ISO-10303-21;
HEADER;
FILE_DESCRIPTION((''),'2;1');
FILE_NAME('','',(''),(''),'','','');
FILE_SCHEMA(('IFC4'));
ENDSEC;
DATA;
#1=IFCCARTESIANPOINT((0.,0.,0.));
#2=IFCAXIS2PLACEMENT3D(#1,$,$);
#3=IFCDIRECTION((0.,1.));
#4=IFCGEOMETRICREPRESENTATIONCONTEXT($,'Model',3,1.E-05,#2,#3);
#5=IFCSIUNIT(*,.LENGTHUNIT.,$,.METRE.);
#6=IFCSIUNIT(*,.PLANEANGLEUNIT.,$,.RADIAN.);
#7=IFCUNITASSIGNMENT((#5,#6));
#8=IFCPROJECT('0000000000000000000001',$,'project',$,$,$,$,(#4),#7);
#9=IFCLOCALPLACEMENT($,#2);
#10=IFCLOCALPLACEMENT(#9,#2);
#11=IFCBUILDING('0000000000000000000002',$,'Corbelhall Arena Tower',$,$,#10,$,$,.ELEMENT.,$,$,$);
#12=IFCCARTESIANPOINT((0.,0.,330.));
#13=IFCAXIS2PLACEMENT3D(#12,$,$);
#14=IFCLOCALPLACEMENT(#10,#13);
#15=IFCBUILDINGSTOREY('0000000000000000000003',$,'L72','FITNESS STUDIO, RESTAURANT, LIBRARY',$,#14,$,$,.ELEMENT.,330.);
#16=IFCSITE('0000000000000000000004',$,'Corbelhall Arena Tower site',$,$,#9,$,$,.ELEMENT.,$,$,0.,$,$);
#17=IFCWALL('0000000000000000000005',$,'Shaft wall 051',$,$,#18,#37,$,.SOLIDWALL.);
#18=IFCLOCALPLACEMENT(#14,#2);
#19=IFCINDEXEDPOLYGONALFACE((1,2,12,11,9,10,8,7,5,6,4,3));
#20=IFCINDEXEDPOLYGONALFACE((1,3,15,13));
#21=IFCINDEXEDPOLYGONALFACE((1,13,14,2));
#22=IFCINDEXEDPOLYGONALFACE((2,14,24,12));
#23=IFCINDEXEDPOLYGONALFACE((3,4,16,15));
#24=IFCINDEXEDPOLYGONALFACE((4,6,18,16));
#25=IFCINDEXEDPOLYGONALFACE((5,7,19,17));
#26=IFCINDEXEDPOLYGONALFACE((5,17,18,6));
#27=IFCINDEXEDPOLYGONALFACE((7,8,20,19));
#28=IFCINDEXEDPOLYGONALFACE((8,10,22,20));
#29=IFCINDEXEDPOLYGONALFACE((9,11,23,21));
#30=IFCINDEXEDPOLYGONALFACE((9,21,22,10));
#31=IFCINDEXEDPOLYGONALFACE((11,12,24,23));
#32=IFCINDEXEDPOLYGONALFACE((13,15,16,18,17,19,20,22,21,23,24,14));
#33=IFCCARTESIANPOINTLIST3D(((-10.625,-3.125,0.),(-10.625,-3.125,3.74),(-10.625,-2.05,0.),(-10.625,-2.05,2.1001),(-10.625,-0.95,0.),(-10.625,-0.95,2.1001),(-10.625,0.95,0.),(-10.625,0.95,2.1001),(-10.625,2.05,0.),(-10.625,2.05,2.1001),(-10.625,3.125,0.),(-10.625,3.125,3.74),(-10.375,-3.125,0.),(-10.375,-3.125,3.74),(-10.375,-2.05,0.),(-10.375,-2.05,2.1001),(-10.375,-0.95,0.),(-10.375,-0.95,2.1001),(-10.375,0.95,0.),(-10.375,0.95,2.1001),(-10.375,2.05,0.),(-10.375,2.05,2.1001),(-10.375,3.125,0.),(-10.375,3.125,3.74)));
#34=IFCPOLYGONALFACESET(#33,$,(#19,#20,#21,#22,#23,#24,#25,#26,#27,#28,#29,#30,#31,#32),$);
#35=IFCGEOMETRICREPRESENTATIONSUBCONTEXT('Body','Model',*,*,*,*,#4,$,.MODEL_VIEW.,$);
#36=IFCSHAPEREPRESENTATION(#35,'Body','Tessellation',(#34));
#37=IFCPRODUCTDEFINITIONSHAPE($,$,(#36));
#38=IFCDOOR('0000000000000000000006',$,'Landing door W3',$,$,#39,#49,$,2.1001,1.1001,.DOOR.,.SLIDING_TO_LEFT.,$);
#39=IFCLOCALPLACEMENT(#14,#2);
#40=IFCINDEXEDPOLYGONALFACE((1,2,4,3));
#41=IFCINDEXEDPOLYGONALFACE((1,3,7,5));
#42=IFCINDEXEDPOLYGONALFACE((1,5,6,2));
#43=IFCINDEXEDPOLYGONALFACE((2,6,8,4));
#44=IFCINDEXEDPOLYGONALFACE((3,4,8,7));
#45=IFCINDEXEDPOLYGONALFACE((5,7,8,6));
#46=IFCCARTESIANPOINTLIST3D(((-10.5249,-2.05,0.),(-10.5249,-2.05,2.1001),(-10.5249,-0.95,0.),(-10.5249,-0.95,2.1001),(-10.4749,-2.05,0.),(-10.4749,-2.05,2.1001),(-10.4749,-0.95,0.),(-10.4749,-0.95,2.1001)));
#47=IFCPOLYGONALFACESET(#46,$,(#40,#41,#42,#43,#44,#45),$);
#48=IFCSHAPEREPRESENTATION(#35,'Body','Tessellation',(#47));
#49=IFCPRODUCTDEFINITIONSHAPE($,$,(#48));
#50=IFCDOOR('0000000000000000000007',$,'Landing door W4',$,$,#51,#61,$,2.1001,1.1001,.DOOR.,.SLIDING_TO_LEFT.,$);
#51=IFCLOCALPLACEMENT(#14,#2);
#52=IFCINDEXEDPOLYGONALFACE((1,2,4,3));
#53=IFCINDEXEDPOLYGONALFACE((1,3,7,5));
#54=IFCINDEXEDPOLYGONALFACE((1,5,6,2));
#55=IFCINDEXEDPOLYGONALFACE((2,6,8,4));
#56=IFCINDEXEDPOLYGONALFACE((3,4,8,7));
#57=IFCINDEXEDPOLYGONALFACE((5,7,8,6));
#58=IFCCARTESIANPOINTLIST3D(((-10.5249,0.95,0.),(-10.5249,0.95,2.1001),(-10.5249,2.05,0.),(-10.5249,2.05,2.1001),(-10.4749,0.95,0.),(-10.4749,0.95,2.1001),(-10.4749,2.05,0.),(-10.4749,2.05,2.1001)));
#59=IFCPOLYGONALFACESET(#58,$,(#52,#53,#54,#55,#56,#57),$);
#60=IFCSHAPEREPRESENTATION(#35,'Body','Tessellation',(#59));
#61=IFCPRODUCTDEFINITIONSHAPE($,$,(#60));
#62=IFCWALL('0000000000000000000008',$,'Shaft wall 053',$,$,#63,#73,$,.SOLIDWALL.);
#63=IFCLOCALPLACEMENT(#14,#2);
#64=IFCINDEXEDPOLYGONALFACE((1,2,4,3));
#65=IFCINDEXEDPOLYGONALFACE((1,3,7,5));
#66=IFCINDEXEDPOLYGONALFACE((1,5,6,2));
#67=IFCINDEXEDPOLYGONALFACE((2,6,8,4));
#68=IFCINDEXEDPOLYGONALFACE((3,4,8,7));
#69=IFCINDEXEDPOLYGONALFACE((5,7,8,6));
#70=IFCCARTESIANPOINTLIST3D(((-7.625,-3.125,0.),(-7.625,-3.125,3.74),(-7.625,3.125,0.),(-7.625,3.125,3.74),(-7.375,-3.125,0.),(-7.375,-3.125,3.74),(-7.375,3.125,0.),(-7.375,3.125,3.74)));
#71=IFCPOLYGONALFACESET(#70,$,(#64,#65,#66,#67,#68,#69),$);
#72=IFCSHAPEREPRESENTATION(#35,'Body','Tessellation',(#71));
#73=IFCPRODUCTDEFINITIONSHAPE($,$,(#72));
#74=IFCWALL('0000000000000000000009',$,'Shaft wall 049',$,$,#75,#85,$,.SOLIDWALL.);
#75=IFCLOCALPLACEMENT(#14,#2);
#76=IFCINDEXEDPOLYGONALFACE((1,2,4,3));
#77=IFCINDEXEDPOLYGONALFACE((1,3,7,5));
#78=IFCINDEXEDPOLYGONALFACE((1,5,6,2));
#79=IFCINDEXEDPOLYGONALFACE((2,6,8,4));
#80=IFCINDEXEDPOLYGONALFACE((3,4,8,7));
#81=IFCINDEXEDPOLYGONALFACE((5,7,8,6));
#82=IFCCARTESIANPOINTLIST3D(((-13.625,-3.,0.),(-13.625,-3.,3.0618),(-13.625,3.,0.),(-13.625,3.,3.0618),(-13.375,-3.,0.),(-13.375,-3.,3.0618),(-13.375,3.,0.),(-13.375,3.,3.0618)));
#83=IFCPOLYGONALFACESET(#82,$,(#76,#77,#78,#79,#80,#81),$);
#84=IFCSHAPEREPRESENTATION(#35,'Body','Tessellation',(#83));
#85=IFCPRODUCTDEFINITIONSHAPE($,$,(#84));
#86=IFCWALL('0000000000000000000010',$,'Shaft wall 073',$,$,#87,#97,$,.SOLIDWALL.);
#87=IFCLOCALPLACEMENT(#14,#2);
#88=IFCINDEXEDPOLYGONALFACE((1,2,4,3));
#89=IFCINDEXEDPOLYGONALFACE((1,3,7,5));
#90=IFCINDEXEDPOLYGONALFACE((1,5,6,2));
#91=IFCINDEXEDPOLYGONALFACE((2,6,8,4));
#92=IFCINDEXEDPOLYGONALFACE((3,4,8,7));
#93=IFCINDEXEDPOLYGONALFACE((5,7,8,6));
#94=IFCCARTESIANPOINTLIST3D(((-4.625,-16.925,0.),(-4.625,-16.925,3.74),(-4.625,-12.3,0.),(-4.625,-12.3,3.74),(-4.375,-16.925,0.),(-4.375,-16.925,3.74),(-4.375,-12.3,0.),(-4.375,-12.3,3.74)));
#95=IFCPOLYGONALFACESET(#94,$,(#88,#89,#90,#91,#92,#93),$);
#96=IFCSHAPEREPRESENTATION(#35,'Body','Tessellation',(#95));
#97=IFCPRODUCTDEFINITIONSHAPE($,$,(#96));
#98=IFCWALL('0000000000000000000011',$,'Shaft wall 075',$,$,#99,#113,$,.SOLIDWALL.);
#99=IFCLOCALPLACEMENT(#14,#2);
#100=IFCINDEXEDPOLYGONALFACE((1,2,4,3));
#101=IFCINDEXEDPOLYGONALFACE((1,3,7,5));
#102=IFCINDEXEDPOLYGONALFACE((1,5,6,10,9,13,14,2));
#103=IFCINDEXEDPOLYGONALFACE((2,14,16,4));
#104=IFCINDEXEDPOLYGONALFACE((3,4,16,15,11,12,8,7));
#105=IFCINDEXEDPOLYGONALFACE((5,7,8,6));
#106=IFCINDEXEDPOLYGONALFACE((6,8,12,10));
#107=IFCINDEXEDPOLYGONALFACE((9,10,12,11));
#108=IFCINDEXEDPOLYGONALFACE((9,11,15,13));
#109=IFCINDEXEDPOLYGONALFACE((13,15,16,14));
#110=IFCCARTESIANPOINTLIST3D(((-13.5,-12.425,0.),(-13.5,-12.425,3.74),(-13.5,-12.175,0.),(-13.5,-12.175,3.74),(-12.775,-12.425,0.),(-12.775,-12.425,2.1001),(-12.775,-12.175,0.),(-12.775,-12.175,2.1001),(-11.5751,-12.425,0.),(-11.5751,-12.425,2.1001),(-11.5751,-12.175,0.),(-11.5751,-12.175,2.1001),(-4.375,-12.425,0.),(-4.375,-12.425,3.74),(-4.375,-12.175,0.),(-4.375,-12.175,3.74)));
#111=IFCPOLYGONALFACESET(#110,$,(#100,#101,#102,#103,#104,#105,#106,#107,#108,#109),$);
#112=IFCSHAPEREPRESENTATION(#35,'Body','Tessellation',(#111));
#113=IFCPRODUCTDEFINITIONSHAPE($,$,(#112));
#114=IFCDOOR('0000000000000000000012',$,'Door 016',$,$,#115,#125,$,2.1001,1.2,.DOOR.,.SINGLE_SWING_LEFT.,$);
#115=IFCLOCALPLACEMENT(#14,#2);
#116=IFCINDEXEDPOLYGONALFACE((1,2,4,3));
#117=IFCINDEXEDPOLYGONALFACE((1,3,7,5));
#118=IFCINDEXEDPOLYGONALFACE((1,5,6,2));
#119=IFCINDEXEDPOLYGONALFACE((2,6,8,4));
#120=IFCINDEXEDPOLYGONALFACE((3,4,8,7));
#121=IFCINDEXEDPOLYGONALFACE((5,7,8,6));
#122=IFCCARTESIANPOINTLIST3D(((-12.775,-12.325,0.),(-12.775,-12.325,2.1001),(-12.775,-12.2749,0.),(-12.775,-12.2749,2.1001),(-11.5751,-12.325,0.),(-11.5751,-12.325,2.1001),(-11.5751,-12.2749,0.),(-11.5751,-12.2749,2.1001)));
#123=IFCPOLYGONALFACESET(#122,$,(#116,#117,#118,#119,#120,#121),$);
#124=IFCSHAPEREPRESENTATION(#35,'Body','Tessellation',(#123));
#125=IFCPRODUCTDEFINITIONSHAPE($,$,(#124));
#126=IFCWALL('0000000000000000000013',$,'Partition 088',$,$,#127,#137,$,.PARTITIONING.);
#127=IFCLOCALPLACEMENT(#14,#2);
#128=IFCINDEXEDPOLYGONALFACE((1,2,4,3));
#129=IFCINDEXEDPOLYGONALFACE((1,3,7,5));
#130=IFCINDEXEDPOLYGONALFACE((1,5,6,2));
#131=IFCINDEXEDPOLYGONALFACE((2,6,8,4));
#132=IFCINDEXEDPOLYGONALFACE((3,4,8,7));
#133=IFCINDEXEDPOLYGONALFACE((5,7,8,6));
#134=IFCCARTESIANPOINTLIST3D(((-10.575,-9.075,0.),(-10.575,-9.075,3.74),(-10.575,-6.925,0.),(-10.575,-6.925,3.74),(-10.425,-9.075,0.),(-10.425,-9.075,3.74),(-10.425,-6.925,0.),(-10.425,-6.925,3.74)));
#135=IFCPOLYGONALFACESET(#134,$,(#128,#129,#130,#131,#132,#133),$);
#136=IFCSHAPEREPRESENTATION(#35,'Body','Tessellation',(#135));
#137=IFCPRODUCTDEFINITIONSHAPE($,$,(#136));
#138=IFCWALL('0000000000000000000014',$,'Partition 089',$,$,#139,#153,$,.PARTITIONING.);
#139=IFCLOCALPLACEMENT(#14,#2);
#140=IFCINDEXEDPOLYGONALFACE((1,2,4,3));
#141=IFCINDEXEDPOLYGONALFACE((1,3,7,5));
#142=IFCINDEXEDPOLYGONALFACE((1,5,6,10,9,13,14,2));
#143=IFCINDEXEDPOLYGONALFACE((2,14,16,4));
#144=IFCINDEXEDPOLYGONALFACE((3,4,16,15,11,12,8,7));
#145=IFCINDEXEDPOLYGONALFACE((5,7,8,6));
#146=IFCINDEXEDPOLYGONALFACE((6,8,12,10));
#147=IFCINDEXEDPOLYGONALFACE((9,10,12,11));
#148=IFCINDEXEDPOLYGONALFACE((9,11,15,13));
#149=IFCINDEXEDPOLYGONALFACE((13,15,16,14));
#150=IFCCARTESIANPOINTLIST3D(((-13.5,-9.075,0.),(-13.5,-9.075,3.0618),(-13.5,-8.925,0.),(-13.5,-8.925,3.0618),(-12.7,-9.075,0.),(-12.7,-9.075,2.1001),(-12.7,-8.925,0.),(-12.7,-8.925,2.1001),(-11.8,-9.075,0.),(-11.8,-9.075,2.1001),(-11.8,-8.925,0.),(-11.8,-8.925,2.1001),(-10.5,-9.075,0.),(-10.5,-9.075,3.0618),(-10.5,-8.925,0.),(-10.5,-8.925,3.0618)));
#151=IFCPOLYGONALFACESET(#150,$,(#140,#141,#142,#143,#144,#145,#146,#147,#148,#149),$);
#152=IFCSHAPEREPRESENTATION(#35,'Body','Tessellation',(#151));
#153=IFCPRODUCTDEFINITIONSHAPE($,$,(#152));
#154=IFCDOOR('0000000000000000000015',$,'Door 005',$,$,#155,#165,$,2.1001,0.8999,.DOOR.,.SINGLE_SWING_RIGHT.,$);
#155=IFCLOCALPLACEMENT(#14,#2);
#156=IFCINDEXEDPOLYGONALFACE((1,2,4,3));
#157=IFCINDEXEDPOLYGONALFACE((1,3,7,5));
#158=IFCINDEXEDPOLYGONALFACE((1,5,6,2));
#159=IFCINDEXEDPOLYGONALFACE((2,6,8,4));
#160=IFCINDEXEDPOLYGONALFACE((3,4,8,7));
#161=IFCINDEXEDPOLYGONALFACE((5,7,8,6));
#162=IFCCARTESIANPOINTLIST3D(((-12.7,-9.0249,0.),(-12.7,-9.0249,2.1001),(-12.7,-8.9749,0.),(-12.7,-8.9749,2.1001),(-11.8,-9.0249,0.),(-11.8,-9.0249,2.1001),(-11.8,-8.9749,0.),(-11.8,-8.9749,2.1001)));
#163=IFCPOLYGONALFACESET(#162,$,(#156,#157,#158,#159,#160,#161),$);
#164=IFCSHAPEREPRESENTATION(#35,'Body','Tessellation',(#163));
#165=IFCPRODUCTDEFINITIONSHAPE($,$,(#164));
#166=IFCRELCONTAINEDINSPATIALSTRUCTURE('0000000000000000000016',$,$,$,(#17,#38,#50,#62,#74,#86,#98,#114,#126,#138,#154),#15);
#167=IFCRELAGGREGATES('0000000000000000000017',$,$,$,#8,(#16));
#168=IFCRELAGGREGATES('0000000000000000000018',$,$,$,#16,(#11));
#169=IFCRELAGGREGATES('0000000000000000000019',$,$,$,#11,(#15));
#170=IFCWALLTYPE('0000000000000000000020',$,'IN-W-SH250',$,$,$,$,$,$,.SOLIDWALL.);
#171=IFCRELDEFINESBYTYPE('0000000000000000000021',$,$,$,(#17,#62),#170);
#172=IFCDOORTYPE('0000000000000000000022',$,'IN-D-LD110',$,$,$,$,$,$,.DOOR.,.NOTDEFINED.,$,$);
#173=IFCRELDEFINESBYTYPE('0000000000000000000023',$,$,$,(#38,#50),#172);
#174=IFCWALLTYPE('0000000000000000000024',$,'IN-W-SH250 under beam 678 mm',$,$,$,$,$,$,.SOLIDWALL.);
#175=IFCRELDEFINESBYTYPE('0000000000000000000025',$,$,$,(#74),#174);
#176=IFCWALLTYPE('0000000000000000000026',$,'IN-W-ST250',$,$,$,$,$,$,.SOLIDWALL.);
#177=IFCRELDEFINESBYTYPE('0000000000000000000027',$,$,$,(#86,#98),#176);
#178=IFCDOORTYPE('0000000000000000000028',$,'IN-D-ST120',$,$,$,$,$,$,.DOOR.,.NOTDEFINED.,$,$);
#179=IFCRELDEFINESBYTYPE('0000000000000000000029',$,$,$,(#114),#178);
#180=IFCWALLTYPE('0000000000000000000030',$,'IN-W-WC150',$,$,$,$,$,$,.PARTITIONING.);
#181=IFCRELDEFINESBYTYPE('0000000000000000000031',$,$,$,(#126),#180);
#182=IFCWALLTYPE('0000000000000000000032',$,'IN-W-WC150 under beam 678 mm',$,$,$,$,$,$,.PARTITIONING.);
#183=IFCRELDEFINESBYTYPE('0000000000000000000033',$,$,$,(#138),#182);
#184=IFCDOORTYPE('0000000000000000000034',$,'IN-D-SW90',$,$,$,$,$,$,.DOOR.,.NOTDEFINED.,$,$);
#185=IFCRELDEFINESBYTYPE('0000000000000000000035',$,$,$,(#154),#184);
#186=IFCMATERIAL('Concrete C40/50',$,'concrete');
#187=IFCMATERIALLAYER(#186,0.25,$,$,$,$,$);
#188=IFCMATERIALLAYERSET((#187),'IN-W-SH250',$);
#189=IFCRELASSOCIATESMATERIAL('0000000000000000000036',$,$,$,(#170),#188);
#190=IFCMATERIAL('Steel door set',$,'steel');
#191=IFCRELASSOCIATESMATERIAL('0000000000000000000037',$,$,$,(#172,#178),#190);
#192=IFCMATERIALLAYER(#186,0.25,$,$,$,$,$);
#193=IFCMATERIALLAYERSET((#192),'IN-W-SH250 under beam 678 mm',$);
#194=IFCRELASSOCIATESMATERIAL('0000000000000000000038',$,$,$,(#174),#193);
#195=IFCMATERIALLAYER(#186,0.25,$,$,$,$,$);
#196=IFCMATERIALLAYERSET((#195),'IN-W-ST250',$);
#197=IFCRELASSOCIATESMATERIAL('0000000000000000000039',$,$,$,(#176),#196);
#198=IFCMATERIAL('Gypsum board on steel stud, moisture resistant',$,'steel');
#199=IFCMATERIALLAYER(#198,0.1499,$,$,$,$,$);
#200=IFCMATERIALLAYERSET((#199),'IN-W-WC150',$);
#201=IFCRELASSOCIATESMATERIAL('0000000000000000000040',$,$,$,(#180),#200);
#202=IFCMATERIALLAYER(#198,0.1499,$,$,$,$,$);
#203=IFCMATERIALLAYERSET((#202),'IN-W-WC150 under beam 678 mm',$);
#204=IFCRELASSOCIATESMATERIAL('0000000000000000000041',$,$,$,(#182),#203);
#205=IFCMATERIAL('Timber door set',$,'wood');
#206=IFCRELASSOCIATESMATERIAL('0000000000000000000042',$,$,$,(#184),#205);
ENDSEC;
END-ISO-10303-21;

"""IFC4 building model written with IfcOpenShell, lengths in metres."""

from ifc_helpers import new_model, si_unit, direction, frame, frame_2d, origin, place, context, subcontext, project, spatial, rectangle, extrude, material, layer, layer_set, type_object, element, fill, save


model = new_model("IFC4")

# Units and contexts
model_context = context("Model", 3, precision=1e-05, world=origin(), true_north=direction((0.0, 1.0)))
body_context = subcontext(model_context, "Body", "Model", "MODEL_VIEW")
ifc_project = project(units=[si_unit("LENGTHUNIT", "METRE"), si_unit("PLANEANGLEUNIT", "RADIAN")], contexts=[model_context])

# Site, building, storey
site_placement = place(None, origin())
site = spatial("IfcSite", under=ifc_project, at=site_placement, Name="Corbelhall Arena Tower site", CompositionType="ELEMENT", RefElevation=0.0)
building_placement = place(site_placement, origin())
building = spatial("IfcBuilding", under=site, at=building_placement, Name="Corbelhall Arena Tower", CompositionType="ELEMENT")
storey_placement = place(building_placement, frame((0.0, 0.0, 330.0)))
storey = spatial("IfcBuildingStorey", under=building, at=storey_placement, Name="L72", Description="FITNESS STUDIO, RESTAURANT, LIBRARY", CompositionType="ELEMENT", Elevation=330.0)

# Shared definitions
ifc_material_1 = material(Name="Steel door set", Category="steel")

# Wall, openings, doors
ifc_material_2 = material(Name="Concrete C40/50", Category="concrete")
ifc_layer_1 = layer(ifc_material_2, 0.25)
ifc_layer_set_1 = layer_set([ifc_layer_1], Name="IN-W-SH250")
wall_type_1 = type_object("IfcWallType", Name="IN-W-SH250", PredefinedType="SOLIDWALL", material=ifc_layer_set_1)
wall_1_placement = place(storey_placement, frame((-10.5, -3.125, 0.0), z_axis=(0.0, 0.0, 1.0), x_axis=(0.0, 1.0, 0.0)))
wall_1 = element("IfcWall", 1, at=wall_1_placement, inside=storey, type_object=wall_type_1, Name="Shaft wall 051", PredefinedType="SOLIDWALL", context=body_context, shape_type="SweptSolid", body=[
    extrude(rectangle(XDim=6.25, YDim=0.25, at=frame_2d((3.125, 0.0))), origin(), (0.0, 0.0, 1.0), 3.74),
])
opening_1_placement = place(wall_1_placement, frame((1.075, 0.0, 0.0)))
opening_1 = element("IfcOpeningElement", 2, at=opening_1_placement, cuts=wall_1, PredefinedType="OPENING", context=body_context, shape_type="SweptSolid", body=[
    extrude(rectangle(XDim=1.1001, YDim=2.1001, at=frame_2d((0.55, 1.05))), frame((0.0, 0.125, 0.0), z_axis=(0.0, -1.0, 0.0), x_axis=(1.0, 0.0, 0.0)), (0.0, 0.0, 1.0), 0.25),
])
opening_2_placement = place(wall_1_placement, frame((4.075, 0.0, 0.0)))
opening_2 = element("IfcOpeningElement", 3, at=opening_2_placement, cuts=wall_1, PredefinedType="OPENING", context=body_context, shape_type="SweptSolid", body=[
    extrude(rectangle(XDim=1.1001, YDim=2.1001, at=frame_2d((0.55, 1.05))), frame((0.0, 0.125, 0.0), z_axis=(0.0, -1.0, 0.0), x_axis=(1.0, 0.0, 0.0)), (0.0, 0.0, 1.0), 0.25),
])
door_type_1 = type_object("IfcDoorType", Name="IN-D-LD110", OperationType="NOTDEFINED", PredefinedType="DOOR", material=ifc_material_1)
door_1_placement = place(opening_1_placement, origin())
door_1 = element("IfcDoor", 4, at=door_1_placement, inside=storey, type_object=door_type_1, Name="Landing door W3", OperationType="SLIDING_TO_LEFT", OverallHeight=2.1001, OverallWidth=1.1001, PredefinedType="DOOR", context=body_context, shape_type="SweptSolid", body=[
    extrude(rectangle(XDim=1.1001, YDim=2.1001, at=frame_2d((0.55, 1.05))), frame((0.0, 0.0249, 0.0), z_axis=(0.0, -1.0, 0.0), x_axis=(1.0, 0.0, 0.0)), (0.0, 0.0, 1.0), 0.05),
])
fill(opening_1, door_1)
door_2_placement = place(opening_2_placement, origin())
door_2 = element("IfcDoor", 5, at=door_2_placement, inside=storey, type_object=door_type_1, Name="Landing door W4", OperationType="SLIDING_TO_LEFT", OverallHeight=2.1001, OverallWidth=1.1001, PredefinedType="DOOR", context=body_context, shape_type="SweptSolid", body=[
    extrude(rectangle(XDim=1.1001, YDim=2.1001, at=frame_2d((0.55, 1.05))), frame((0.0, 0.0249, 0.0), z_axis=(0.0, -1.0, 0.0), x_axis=(1.0, 0.0, 0.0)), (0.0, 0.0, 1.0), 0.05),
])
fill(opening_2, door_2)

# Walls
wall_2_placement = place(storey_placement, frame((-7.5, -3.125, 0.0), z_axis=(0.0, 0.0, 1.0), x_axis=(0.0, 1.0, 0.0)))
element("IfcWall", 6, at=wall_2_placement, inside=storey, type_object=wall_type_1, Name="Shaft wall 053", PredefinedType="SOLIDWALL", context=body_context, shape_type="SweptSolid", body=[
    extrude(rectangle(XDim=6.25, YDim=0.25, at=frame_2d((3.125, 0.0))), origin(), (0.0, 0.0, 1.0), 3.74),
])
ifc_layer_2 = layer(ifc_material_2, 0.25)
ifc_layer_set_2 = layer_set([ifc_layer_2], Name="IN-W-SH250 under beam 678 mm")
wall_type_2 = type_object("IfcWallType", Name="IN-W-SH250 under beam 678 mm", PredefinedType="SOLIDWALL", material=ifc_layer_set_2)
wall_3_placement = place(storey_placement, frame((-13.5, -3.0, 0.0), z_axis=(0.0, 0.0, 1.0), x_axis=(0.0, 1.0, 0.0)))
element("IfcWall", 7, at=wall_3_placement, inside=storey, type_object=wall_type_2, Name="Shaft wall 049", PredefinedType="SOLIDWALL", context=body_context, shape_type="SweptSolid", body=[
    extrude(rectangle(XDim=6.0, YDim=0.25, at=frame_2d((3.0, 0.0))), origin(), (0.0, 0.0, 1.0), 3.0618),
])
ifc_layer_3 = layer(ifc_material_2, 0.25)
ifc_layer_set_3 = layer_set([ifc_layer_3], Name="IN-W-ST250")
wall_type_3 = type_object("IfcWallType", Name="IN-W-ST250", PredefinedType="SOLIDWALL", material=ifc_layer_set_3)
wall_4_placement = place(storey_placement, frame((-4.5, -12.3, 0.0), z_axis=(0.0, 0.0, 1.0), x_axis=(0.0, -1.0, 0.0)))
element("IfcWall", 8, at=wall_4_placement, inside=storey, type_object=wall_type_3, Name="Shaft wall 073", PredefinedType="SOLIDWALL", context=body_context, shape_type="SweptSolid", body=[
    extrude(rectangle(XDim=4.625, YDim=0.25, at=frame_2d((2.3125, 0.0))), origin(), (0.0, 0.0, 1.0), 3.74),
])

# Wall, opening, door
wall_5_placement = place(storey_placement, frame((-4.375, -12.3, 0.0), z_axis=(0.0, 0.0, 1.0), x_axis=(-1.0, 0.0, 0.0)))
wall_5 = element("IfcWall", 9, at=wall_5_placement, inside=storey, type_object=wall_type_3, Name="Shaft wall 075", PredefinedType="SOLIDWALL", context=body_context, shape_type="SweptSolid", body=[
    extrude(rectangle(XDim=9.125, YDim=0.25, at=frame_2d((4.5625, 0.0))), origin(), (0.0, 0.0, 1.0), 3.74),
])
opening_3_placement = place(wall_5_placement, frame((7.2, 0.0, 0.0)))
opening_3 = element("IfcOpeningElement", 10, at=opening_3_placement, cuts=wall_5, PredefinedType="OPENING", context=body_context, shape_type="SweptSolid", body=[
    extrude(rectangle(XDim=1.2, YDim=2.1001, at=frame_2d((0.6001, 1.05))), frame((0.0, 0.125, 0.0), z_axis=(0.0, -1.0, 0.0), x_axis=(1.0, 0.0, 0.0)), (0.0, 0.0, 1.0), 0.25),
])
door_type_2 = type_object("IfcDoorType", Name="IN-D-ST120", OperationType="NOTDEFINED", PredefinedType="DOOR", material=ifc_material_1)
door_3_placement = place(opening_3_placement, origin())
door_3 = element("IfcDoor", 11, at=door_3_placement, inside=storey, type_object=door_type_2, Name="Door 016", OperationType="SINGLE_SWING_LEFT", OverallHeight=2.1001, OverallWidth=1.2, PredefinedType="DOOR", context=body_context, shape_type="SweptSolid", body=[
    extrude(rectangle(XDim=1.2, YDim=2.1001, at=frame_2d((0.6001, 1.05))), frame((0.0, 0.0249, 0.0), z_axis=(0.0, -1.0, 0.0), x_axis=(1.0, 0.0, 0.0)), (0.0, 0.0, 1.0), 0.05),
])
fill(opening_3, door_3)

# Wall
ifc_material_3 = material(Name="Gypsum board on steel stud, moisture resistant", Category="steel")
ifc_layer_4 = layer(ifc_material_3, 0.1499)
ifc_layer_set_4 = layer_set([ifc_layer_4], Name="IN-W-WC150")
wall_type_4 = type_object("IfcWallType", Name="IN-W-WC150", PredefinedType="PARTITIONING", material=ifc_layer_set_4)
wall_6_placement = place(storey_placement, frame((-10.5, -9.075, 0.0), z_axis=(0.0, 0.0, 1.0), x_axis=(0.0, 1.0, 0.0)))
element("IfcWall", 12, at=wall_6_placement, inside=storey, type_object=wall_type_4, Name="Partition 088", PredefinedType="PARTITIONING", context=body_context, shape_type="SweptSolid", body=[
    extrude(rectangle(XDim=2.1499, YDim=0.1499, at=frame_2d((1.075, 0.0))), origin(), (0.0, 0.0, 1.0), 3.74),
])

# Wall, opening, door
ifc_layer_5 = layer(ifc_material_3, 0.1499)
ifc_layer_set_5 = layer_set([ifc_layer_5], Name="IN-W-WC150 under beam 678 mm")
wall_type_5 = type_object("IfcWallType", Name="IN-W-WC150 under beam 678 mm", PredefinedType="PARTITIONING", material=ifc_layer_set_5)
wall_7_placement = place(storey_placement, frame((-10.5, -9.0, 0.0), z_axis=(0.0, 0.0, 1.0), x_axis=(-1.0, 0.0, 0.0)))
wall_7 = element("IfcWall", 13, at=wall_7_placement, inside=storey, type_object=wall_type_5, Name="Partition 089", PredefinedType="PARTITIONING", context=body_context, shape_type="SweptSolid", body=[
    extrude(rectangle(XDim=3.0, YDim=0.1499, at=frame_2d((1.5, 0.0))), origin(), (0.0, 0.0, 1.0), 3.0618),
])
opening_4_placement = place(wall_7_placement, frame((1.3, 0.0, 0.0)))
opening_4 = element("IfcOpeningElement", 14, at=opening_4_placement, cuts=wall_7, PredefinedType="OPENING", context=body_context, shape_type="SweptSolid", body=[
    extrude(rectangle(XDim=0.8999, YDim=2.1001, at=frame_2d((0.45, 1.05))), frame((0.0, 0.075, 0.0), z_axis=(0.0, -1.0, 0.0), x_axis=(1.0, 0.0, 0.0)), (0.0, 0.0, 1.0), 0.1499),
])
ifc_material_4 = material(Name="Timber door set", Category="wood")
door_type_3 = type_object("IfcDoorType", Name="IN-D-SW90", OperationType="NOTDEFINED", PredefinedType="DOOR", material=ifc_material_4)
door_4_placement = place(opening_4_placement, origin())
door_4 = element("IfcDoor", 15, at=door_4_placement, inside=storey, type_object=door_type_3, Name="Door 005", OperationType="SINGLE_SWING_RIGHT", OverallHeight=2.1001, OverallWidth=0.8999, PredefinedType="DOOR", context=body_context, shape_type="SweptSolid", body=[
    extrude(rectangle(XDim=0.8999, YDim=2.1001, at=frame_2d((0.45, 1.05))), frame((0.0, 0.0249, 0.0), z_axis=(0.0, -1.0, 0.0), x_axis=(1.0, 0.0, 0.0)), (0.0, 0.0, 1.0), 0.05),
])
fill(opening_4, door_4)

save(model, "model.ifc")
